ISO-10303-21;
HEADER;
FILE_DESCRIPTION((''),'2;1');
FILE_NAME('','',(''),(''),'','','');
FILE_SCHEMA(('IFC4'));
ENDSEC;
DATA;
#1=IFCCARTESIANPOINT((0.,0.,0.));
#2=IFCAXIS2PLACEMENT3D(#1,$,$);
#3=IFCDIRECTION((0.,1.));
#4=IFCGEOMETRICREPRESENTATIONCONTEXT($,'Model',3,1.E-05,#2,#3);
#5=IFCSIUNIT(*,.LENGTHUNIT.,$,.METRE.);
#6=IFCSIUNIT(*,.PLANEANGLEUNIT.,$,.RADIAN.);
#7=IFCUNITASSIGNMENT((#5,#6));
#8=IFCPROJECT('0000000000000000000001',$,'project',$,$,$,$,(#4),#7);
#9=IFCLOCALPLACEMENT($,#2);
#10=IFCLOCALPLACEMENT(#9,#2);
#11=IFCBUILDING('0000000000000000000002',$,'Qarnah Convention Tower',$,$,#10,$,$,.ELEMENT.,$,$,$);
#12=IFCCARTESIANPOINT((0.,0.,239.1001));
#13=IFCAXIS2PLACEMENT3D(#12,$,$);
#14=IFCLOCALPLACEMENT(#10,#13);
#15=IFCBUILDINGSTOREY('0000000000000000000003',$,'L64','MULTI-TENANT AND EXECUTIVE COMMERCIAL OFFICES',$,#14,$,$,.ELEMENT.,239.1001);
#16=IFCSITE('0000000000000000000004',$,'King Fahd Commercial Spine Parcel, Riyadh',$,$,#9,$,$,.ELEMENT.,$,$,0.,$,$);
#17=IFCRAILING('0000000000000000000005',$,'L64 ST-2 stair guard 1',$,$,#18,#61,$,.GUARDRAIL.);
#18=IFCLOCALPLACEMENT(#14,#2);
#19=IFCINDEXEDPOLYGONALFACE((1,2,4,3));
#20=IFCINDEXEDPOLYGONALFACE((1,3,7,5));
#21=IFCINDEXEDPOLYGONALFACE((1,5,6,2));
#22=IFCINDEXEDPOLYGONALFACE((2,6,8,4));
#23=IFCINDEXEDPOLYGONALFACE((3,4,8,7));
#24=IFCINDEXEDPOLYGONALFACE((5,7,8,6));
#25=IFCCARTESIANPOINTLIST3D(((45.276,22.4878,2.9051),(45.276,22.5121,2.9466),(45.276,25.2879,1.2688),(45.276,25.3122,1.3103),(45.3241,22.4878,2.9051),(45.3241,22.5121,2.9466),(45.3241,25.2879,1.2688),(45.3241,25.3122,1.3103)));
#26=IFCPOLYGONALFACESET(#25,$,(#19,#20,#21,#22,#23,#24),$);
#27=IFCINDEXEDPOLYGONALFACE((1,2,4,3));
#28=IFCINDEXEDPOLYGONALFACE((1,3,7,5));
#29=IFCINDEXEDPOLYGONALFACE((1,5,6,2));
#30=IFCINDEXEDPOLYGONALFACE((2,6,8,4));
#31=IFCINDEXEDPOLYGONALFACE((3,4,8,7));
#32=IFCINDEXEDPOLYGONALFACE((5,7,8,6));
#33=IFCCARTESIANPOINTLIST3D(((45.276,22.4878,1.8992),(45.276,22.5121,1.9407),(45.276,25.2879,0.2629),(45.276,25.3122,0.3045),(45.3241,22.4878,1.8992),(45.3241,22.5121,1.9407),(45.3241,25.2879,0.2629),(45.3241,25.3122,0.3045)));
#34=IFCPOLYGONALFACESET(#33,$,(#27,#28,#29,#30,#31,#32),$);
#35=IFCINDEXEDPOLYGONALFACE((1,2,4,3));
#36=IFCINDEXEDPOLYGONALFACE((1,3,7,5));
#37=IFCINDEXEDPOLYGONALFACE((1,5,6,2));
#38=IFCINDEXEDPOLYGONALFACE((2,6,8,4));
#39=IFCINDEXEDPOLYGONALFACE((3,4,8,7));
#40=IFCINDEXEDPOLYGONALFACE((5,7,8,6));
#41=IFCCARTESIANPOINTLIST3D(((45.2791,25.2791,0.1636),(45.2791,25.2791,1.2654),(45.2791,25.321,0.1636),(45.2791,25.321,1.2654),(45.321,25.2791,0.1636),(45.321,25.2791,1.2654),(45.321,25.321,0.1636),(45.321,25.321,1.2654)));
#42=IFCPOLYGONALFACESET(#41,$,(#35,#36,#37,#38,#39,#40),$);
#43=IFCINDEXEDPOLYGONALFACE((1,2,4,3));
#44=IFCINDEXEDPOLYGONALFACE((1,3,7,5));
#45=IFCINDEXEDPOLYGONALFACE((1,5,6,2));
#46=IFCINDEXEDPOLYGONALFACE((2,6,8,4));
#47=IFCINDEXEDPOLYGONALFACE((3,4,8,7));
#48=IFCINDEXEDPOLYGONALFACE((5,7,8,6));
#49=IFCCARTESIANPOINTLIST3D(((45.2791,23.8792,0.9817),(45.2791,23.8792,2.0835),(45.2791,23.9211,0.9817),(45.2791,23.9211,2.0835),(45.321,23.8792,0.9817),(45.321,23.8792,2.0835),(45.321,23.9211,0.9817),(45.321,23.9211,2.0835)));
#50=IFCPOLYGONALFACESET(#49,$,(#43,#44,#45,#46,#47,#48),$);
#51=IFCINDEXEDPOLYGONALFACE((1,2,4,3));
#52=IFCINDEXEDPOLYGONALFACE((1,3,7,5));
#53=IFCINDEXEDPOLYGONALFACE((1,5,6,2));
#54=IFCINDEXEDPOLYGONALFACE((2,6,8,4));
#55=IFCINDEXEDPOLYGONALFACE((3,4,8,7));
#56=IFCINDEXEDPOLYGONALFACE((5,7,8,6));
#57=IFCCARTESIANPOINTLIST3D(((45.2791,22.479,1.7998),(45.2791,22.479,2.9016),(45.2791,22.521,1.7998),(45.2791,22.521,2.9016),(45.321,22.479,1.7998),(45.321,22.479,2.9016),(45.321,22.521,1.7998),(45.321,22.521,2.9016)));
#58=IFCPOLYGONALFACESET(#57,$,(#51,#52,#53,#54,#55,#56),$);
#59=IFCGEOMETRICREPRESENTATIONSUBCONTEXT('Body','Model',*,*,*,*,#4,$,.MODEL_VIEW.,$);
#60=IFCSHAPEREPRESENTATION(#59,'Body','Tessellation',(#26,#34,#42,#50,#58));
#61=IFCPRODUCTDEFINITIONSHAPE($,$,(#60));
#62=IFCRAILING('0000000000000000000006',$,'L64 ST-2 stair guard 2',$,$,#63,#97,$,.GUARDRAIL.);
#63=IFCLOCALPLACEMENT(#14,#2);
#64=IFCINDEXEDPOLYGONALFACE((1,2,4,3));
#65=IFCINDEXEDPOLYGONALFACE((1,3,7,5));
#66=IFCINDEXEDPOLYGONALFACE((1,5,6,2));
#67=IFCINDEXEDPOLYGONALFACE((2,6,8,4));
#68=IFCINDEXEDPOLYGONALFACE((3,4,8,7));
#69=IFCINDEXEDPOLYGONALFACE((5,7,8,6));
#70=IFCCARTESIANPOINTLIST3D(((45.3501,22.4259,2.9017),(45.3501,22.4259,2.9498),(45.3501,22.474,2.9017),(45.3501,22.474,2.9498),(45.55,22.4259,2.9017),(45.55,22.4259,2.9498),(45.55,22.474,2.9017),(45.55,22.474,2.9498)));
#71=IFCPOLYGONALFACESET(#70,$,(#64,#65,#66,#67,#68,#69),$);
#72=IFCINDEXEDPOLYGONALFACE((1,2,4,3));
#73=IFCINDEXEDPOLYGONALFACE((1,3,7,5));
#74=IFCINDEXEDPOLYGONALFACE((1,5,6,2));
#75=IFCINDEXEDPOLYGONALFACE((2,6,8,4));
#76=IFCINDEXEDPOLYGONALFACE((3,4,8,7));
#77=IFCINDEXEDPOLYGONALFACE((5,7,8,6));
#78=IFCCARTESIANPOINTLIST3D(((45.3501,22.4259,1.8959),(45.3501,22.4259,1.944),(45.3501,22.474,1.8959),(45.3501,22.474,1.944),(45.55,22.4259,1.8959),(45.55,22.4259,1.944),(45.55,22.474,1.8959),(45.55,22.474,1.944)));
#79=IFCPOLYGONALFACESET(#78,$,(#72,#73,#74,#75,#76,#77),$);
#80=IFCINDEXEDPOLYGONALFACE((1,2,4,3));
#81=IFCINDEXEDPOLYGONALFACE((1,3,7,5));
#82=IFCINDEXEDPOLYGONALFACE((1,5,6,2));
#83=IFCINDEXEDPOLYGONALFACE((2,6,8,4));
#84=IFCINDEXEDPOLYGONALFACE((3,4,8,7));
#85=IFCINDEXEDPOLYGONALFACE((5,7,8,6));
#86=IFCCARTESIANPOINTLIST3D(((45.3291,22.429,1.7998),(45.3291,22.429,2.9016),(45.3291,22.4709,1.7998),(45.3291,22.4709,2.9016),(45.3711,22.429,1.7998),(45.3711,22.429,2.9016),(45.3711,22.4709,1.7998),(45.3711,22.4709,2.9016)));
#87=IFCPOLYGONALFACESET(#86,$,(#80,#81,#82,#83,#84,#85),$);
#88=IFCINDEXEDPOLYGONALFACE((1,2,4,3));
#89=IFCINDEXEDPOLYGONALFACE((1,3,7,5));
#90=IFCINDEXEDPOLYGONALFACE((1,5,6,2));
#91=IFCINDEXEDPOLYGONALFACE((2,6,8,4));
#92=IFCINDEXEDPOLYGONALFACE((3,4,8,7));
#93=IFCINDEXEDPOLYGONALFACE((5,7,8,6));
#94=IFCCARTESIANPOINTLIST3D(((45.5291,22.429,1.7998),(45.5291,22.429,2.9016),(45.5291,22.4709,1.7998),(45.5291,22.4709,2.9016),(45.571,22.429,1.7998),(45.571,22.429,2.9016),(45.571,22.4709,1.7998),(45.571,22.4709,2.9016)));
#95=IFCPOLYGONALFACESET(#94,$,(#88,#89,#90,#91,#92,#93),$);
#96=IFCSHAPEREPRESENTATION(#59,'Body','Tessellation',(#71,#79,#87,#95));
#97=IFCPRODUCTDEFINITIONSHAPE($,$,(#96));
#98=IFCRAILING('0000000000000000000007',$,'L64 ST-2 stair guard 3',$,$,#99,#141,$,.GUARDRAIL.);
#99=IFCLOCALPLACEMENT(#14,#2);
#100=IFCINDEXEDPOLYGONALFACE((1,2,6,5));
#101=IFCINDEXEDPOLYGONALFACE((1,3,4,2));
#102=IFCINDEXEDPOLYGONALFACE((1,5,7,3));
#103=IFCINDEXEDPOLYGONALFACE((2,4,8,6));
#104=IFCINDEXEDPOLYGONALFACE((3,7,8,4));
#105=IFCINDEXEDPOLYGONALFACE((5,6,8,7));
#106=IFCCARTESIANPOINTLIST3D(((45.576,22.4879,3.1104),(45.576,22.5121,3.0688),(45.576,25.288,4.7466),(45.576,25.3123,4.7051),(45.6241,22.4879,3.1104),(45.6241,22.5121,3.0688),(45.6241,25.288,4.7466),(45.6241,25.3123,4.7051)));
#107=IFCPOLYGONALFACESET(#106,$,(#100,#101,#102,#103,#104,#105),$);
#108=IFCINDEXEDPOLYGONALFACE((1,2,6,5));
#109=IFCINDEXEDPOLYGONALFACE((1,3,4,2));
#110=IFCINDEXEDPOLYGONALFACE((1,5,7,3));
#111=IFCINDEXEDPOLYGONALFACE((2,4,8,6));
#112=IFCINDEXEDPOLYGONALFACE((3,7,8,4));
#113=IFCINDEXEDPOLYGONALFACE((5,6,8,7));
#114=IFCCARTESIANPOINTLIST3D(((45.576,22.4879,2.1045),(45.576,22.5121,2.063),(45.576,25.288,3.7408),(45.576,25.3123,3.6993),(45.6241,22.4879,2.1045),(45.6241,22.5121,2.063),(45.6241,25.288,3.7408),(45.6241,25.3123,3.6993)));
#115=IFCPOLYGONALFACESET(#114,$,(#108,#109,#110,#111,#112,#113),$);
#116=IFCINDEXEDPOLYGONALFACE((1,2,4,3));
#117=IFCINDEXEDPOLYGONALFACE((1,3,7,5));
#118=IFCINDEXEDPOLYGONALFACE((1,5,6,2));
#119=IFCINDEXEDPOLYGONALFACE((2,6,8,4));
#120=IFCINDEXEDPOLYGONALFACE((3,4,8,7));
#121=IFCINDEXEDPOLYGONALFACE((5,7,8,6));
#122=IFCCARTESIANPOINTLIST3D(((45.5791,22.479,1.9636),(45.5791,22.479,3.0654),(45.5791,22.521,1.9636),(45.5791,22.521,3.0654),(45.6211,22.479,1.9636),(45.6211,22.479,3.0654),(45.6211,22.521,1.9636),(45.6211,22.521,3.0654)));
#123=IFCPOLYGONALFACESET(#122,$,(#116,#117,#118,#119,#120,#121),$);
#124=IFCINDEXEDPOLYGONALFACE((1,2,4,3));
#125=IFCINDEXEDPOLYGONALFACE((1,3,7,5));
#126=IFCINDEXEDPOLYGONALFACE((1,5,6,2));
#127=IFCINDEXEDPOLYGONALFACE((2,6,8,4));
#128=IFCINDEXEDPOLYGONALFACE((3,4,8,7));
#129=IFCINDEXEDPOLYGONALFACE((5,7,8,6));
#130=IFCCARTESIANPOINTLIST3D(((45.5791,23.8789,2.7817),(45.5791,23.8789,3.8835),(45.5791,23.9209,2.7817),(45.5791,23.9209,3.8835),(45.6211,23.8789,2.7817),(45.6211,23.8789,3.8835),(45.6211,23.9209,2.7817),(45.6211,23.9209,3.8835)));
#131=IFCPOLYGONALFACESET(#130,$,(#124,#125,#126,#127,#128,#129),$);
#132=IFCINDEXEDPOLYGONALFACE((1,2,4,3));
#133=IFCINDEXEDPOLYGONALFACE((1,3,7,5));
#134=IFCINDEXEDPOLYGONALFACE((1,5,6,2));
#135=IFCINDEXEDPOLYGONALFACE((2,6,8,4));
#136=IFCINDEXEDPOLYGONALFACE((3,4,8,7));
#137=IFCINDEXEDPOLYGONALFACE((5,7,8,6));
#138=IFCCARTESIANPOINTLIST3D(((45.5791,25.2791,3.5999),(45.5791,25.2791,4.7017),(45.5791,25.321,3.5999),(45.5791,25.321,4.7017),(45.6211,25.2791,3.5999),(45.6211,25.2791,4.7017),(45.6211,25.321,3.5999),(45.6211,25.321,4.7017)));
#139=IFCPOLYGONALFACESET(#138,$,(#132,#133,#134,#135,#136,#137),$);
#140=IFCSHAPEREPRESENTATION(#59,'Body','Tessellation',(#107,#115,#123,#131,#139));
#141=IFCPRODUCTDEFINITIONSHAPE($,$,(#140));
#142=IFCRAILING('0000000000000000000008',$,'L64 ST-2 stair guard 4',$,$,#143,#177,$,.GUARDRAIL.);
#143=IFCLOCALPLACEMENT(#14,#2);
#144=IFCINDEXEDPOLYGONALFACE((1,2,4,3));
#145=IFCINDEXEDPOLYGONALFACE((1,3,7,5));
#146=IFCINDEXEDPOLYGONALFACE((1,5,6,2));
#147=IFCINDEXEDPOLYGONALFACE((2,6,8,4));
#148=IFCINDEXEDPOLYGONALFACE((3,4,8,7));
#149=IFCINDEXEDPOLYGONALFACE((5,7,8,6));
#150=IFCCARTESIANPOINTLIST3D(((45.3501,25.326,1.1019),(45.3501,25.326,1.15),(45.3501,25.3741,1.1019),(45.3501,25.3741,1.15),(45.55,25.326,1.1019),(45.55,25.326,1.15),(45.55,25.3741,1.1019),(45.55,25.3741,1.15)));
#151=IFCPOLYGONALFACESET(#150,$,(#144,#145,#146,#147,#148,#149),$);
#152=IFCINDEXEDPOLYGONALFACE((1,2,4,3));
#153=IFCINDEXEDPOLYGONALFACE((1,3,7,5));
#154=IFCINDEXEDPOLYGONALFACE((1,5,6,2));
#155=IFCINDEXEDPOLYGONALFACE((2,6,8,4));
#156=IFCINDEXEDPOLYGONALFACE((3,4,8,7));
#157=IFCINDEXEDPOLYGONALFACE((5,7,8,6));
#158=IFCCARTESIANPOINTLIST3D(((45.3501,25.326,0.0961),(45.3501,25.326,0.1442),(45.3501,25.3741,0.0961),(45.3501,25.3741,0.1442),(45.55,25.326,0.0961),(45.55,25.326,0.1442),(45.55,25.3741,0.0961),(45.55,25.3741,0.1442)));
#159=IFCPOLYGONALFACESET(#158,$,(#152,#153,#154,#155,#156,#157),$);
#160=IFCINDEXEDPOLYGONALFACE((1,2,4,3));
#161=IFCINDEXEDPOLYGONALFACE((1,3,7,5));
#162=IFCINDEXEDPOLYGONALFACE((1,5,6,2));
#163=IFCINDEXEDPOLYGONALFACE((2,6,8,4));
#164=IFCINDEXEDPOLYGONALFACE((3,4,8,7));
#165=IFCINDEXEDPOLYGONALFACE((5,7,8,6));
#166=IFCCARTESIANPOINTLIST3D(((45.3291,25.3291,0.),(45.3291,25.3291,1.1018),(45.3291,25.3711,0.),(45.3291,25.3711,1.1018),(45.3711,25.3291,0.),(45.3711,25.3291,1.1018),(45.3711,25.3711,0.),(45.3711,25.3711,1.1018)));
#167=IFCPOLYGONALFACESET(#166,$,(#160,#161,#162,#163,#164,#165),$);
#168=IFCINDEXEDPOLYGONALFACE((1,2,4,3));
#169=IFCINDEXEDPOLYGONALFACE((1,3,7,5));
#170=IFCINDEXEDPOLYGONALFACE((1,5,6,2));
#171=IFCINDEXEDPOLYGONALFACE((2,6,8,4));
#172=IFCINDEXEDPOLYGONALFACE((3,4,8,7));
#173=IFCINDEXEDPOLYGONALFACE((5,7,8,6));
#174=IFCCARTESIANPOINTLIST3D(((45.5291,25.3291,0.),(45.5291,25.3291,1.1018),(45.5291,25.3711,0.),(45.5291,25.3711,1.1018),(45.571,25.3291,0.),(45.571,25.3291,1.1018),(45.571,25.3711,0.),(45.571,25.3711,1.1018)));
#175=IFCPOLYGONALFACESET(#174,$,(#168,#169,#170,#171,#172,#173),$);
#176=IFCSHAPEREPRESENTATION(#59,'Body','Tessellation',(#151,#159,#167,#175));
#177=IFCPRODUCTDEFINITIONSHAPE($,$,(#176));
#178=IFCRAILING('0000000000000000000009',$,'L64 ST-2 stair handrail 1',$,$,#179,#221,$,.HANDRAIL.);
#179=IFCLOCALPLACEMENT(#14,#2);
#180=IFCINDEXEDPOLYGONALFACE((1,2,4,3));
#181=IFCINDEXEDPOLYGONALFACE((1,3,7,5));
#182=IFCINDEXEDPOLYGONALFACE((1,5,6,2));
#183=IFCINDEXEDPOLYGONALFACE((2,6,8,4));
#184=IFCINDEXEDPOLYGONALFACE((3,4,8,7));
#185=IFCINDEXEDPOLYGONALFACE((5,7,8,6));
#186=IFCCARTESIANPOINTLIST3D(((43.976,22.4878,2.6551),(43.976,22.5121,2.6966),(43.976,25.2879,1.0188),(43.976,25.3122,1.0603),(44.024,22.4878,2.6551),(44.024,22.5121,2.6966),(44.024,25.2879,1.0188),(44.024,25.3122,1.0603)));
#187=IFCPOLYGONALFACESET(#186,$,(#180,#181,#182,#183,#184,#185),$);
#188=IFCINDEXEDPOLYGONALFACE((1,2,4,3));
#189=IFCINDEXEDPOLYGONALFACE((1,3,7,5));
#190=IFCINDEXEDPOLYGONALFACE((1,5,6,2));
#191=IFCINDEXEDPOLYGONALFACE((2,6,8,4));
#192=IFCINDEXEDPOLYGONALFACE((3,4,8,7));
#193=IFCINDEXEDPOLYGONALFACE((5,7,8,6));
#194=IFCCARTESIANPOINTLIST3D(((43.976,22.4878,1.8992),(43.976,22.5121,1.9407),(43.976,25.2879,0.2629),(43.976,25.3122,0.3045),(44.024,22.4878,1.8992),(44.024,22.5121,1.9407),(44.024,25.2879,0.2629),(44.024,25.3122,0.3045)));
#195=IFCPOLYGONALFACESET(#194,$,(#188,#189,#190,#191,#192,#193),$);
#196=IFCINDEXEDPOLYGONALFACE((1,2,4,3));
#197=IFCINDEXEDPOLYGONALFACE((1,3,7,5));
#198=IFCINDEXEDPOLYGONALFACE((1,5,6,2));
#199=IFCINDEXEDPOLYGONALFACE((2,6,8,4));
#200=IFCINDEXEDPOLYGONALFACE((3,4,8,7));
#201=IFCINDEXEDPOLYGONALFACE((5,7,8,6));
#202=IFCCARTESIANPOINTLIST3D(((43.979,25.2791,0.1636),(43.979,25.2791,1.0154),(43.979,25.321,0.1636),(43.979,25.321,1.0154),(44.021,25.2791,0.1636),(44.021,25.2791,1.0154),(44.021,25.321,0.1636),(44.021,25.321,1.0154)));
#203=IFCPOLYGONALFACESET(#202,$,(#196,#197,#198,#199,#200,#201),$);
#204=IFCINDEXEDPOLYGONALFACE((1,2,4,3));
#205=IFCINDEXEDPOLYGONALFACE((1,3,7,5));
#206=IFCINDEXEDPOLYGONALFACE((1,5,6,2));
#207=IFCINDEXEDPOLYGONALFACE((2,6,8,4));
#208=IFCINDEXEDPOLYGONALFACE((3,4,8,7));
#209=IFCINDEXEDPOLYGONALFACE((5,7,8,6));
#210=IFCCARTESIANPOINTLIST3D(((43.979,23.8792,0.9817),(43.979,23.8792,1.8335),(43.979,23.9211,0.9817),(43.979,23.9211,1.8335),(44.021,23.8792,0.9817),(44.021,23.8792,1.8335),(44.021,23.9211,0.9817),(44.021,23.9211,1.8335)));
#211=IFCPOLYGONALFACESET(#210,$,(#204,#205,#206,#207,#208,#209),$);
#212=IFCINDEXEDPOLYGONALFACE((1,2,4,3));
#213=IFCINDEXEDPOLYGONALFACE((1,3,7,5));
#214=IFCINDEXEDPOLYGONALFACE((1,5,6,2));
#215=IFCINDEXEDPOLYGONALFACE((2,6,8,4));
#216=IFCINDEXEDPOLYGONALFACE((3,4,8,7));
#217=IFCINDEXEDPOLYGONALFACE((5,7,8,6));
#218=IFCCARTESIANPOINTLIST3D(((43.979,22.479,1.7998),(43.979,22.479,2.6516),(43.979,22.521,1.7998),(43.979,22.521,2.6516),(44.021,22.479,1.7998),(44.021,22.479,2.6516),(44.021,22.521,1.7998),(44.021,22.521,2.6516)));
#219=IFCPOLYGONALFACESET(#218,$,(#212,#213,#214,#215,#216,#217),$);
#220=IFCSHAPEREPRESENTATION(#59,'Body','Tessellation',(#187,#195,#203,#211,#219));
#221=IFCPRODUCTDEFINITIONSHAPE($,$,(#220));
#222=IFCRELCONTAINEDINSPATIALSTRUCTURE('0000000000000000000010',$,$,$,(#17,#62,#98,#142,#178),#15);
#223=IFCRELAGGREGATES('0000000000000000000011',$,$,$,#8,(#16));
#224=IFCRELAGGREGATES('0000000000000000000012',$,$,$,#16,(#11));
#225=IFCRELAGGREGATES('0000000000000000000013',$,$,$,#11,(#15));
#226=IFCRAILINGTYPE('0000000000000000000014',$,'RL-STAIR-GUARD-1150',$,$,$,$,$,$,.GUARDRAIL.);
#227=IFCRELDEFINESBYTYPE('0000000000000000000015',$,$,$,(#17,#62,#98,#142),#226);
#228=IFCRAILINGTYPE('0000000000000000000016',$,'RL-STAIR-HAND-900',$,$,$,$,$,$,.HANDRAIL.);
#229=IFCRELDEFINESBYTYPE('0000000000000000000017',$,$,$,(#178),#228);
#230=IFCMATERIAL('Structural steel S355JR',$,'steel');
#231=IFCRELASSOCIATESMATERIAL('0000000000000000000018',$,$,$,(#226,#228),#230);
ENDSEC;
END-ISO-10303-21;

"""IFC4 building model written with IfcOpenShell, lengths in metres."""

from ifc_helpers import new_model, si_unit, direction, frame, origin, origin_2d, place, context, subcontext, project, spatial, rectangle, extrude, material, type_object, element, save


model = new_model("IFC4")

# Units and contexts
model_context = context("Model", 3, precision=1e-05, world=origin(), true_north=direction((0.0, 1.0)))
body_context = subcontext(model_context, "Body", "Model", "MODEL_VIEW")
ifc_project = project(units=[si_unit("LENGTHUNIT", "METRE"), si_unit("PLANEANGLEUNIT", "RADIAN")], contexts=[model_context])

# Site, building, storey
site_placement = place(None, origin())
site = spatial("IfcSite", under=ifc_project, at=site_placement, Name="King Fahd Commercial Spine Parcel, Riyadh", CompositionType="ELEMENT", RefElevation=0.0)
building_placement = place(site_placement, origin())
building = spatial("IfcBuilding", under=site, at=building_placement, Name="Qarnah Convention Tower", CompositionType="ELEMENT")
storey_placement = place(building_placement, frame((0.0, 0.0, 239.1001)))
storey = spatial("IfcBuildingStorey", under=building, at=storey_placement, Name="L64", Description="MULTI-TENANT AND EXECUTIVE COMMERCIAL OFFICES", CompositionType="ELEMENT", Elevation=239.1001)

# Shared definitions
ifc_material_1 = material(Name="Structural steel S355JR", Category="steel")

# Railings
railing_type_1 = type_object("IfcRailingType", Name="RL-STAIR-GUARD-1150", PredefinedType="GUARDRAIL", material=ifc_material_1)
railing_1_placement = place(storey_placement, frame((45.3, 25.3, 0.1636)))
element("IfcRailing", 1, at=railing_1_placement, inside=storey, type_object=railing_type_1, Name="L64 ST-2 stair guard 1", PredefinedType="GUARDRAIL", context=body_context, shape_type="SweptSolid", body=[
    extrude(rectangle(XDim=0.0481, YDim=0.0481, at=origin_2d()), frame((0.0, 0.0, 1.126), z_axis=(0.0, -0.863394, 0.504531), x_axis=(1.0, 0.0, 0.0)), (0.0, 0.0, 1.0), 3.2432),
    extrude(rectangle(XDim=0.0481, YDim=0.0481, at=origin_2d()), frame((0.0, 0.0, 0.1201), z_axis=(0.0, -0.863394, 0.504531), x_axis=(1.0, 0.0, 0.0)), (0.0, 0.0, 1.0), 3.2432),
    extrude(rectangle(XDim=0.042, YDim=0.042, at=origin_2d()), origin(), (0.0, 0.0, 1.0), 1.1018),
    extrude(rectangle(XDim=0.042, YDim=0.042, at=origin_2d()), frame((0.0, -1.3999, 0.8181)), (0.0, 0.0, 1.0), 1.1018),
    extrude(rectangle(XDim=0.042, YDim=0.042, at=origin_2d()), frame((0.0, -2.8, 1.6362)), (0.0, 0.0, 1.0), 1.1018),
])
railing_2_placement = place(storey_placement, frame((45.3501, 22.45, 1.7998)))
element("IfcRailing", 2, at=railing_2_placement, inside=storey, type_object=railing_type_1, Name="L64 ST-2 stair guard 2", PredefinedType="GUARDRAIL", context=body_context, shape_type="SweptSolid", body=[
    extrude(rectangle(XDim=0.0481, YDim=0.0481, at=origin_2d()), frame((0.0, 0.0, 1.126), z_axis=(1.0, 0.0, 0.0), x_axis=(0.0, 1.0, 0.0)), (0.0, 0.0, 1.0), 0.2),
    extrude(rectangle(XDim=0.0481, YDim=0.0481, at=origin_2d()), frame((0.0, 0.0, 0.1201), z_axis=(1.0, 0.0, 0.0), x_axis=(0.0, 1.0, 0.0)), (0.0, 0.0, 1.0), 0.2),
    extrude(rectangle(XDim=0.042, YDim=0.042, at=origin_2d()), origin(), (0.0, 0.0, 1.0), 1.1018),
    extrude(rectangle(XDim=0.042, YDim=0.042, at=origin_2d()), frame((0.2, 0.0, 0.0)), (0.0, 0.0, 1.0), 1.1018),
])
railing_3_placement = place(storey_placement, frame((45.6001, 22.5, 1.9636)))
element("IfcRailing", 3, at=railing_3_placement, inside=storey, type_object=railing_type_1, Name="L64 ST-2 stair guard 3", PredefinedType="GUARDRAIL", context=body_context, shape_type="SweptSolid", body=[
    extrude(rectangle(XDim=0.0481, YDim=0.0481, at=origin_2d()), frame((0.0, 0.0, 1.126), z_axis=(0.0, 0.863394, 0.504531), x_axis=(-1.0, 0.0, 0.0)), (0.0, 0.0, 1.0), 3.2432),
    extrude(rectangle(XDim=0.0481, YDim=0.0481, at=origin_2d()), frame((0.0, 0.0, 0.1201), z_axis=(0.0, 0.863394, 0.504531), x_axis=(-1.0, 0.0, 0.0)), (0.0, 0.0, 1.0), 3.2432),
    extrude(rectangle(XDim=0.042, YDim=0.042, at=origin_2d()), origin(), (0.0, 0.0, 1.0), 1.1018),
    extrude(rectangle(XDim=0.042, YDim=0.042, at=origin_2d()), frame((0.0, 1.3999, 0.8181)), (0.0, 0.0, 1.0), 1.1018),
    extrude(rectangle(XDim=0.042, YDim=0.042, at=origin_2d()), frame((0.0, 2.8, 1.6362)), (0.0, 0.0, 1.0), 1.1018),
])
railing_4_placement = place(storey_placement, frame((45.3501, 25.3501, 0.0)))
element("IfcRailing", 4, at=railing_4_placement, inside=storey, type_object=railing_type_1, Name="L64 ST-2 stair guard 4", PredefinedType="GUARDRAIL", context=body_context, shape_type="SweptSolid", body=[
    extrude(rectangle(XDim=0.0481, YDim=0.0481, at=origin_2d()), frame((0.0, 0.0, 1.126), z_axis=(1.0, 0.0, 0.0), x_axis=(0.0, 1.0, 0.0)), (0.0, 0.0, 1.0), 0.2),
    extrude(rectangle(XDim=0.0481, YDim=0.0481, at=origin_2d()), frame((0.0, 0.0, 0.1201), z_axis=(1.0, 0.0, 0.0), x_axis=(0.0, 1.0, 0.0)), (0.0, 0.0, 1.0), 0.2),
    extrude(rectangle(XDim=0.042, YDim=0.042, at=origin_2d()), origin(), (0.0, 0.0, 1.0), 1.1018),
    extrude(rectangle(XDim=0.042, YDim=0.042, at=origin_2d()), frame((0.2, 0.0, 0.0)), (0.0, 0.0, 1.0), 1.1018),
])
railing_type_2 = type_object("IfcRailingType", Name="RL-STAIR-HAND-900", PredefinedType="HANDRAIL", material=ifc_material_1)
railing_5_placement = place(storey_placement, frame((44.0, 25.3, 0.1636)))
element("IfcRailing", 5, at=railing_5_placement, inside=storey, type_object=railing_type_2, Name="L64 ST-2 stair handrail 1", PredefinedType="HANDRAIL", context=body_context, shape_type="SweptSolid", body=[
    extrude(rectangle(XDim=0.0481, YDim=0.0481, at=origin_2d()), frame((0.0, 0.0, 0.876), z_axis=(0.0, -0.863394, 0.504531), x_axis=(1.0, 0.0, 0.0)), (0.0, 0.0, 1.0), 3.2432),
    extrude(rectangle(XDim=0.0481, YDim=0.0481, at=origin_2d()), frame((0.0, 0.0, 0.1201), z_axis=(0.0, -0.863394, 0.504531), x_axis=(1.0, 0.0, 0.0)), (0.0, 0.0, 1.0), 3.2432),
    extrude(rectangle(XDim=0.042, YDim=0.042, at=origin_2d()), origin(), (0.0, 0.0, 1.0), 0.8518),
    extrude(rectangle(XDim=0.042, YDim=0.042, at=origin_2d()), frame((0.0, -1.3999, 0.8181)), (0.0, 0.0, 1.0), 0.8518),
    extrude(rectangle(XDim=0.042, YDim=0.042, at=origin_2d()), frame((0.0, -2.8, 1.6362)), (0.0, 0.0, 1.0), 0.8518),
])

save(model, "model.ifc")
